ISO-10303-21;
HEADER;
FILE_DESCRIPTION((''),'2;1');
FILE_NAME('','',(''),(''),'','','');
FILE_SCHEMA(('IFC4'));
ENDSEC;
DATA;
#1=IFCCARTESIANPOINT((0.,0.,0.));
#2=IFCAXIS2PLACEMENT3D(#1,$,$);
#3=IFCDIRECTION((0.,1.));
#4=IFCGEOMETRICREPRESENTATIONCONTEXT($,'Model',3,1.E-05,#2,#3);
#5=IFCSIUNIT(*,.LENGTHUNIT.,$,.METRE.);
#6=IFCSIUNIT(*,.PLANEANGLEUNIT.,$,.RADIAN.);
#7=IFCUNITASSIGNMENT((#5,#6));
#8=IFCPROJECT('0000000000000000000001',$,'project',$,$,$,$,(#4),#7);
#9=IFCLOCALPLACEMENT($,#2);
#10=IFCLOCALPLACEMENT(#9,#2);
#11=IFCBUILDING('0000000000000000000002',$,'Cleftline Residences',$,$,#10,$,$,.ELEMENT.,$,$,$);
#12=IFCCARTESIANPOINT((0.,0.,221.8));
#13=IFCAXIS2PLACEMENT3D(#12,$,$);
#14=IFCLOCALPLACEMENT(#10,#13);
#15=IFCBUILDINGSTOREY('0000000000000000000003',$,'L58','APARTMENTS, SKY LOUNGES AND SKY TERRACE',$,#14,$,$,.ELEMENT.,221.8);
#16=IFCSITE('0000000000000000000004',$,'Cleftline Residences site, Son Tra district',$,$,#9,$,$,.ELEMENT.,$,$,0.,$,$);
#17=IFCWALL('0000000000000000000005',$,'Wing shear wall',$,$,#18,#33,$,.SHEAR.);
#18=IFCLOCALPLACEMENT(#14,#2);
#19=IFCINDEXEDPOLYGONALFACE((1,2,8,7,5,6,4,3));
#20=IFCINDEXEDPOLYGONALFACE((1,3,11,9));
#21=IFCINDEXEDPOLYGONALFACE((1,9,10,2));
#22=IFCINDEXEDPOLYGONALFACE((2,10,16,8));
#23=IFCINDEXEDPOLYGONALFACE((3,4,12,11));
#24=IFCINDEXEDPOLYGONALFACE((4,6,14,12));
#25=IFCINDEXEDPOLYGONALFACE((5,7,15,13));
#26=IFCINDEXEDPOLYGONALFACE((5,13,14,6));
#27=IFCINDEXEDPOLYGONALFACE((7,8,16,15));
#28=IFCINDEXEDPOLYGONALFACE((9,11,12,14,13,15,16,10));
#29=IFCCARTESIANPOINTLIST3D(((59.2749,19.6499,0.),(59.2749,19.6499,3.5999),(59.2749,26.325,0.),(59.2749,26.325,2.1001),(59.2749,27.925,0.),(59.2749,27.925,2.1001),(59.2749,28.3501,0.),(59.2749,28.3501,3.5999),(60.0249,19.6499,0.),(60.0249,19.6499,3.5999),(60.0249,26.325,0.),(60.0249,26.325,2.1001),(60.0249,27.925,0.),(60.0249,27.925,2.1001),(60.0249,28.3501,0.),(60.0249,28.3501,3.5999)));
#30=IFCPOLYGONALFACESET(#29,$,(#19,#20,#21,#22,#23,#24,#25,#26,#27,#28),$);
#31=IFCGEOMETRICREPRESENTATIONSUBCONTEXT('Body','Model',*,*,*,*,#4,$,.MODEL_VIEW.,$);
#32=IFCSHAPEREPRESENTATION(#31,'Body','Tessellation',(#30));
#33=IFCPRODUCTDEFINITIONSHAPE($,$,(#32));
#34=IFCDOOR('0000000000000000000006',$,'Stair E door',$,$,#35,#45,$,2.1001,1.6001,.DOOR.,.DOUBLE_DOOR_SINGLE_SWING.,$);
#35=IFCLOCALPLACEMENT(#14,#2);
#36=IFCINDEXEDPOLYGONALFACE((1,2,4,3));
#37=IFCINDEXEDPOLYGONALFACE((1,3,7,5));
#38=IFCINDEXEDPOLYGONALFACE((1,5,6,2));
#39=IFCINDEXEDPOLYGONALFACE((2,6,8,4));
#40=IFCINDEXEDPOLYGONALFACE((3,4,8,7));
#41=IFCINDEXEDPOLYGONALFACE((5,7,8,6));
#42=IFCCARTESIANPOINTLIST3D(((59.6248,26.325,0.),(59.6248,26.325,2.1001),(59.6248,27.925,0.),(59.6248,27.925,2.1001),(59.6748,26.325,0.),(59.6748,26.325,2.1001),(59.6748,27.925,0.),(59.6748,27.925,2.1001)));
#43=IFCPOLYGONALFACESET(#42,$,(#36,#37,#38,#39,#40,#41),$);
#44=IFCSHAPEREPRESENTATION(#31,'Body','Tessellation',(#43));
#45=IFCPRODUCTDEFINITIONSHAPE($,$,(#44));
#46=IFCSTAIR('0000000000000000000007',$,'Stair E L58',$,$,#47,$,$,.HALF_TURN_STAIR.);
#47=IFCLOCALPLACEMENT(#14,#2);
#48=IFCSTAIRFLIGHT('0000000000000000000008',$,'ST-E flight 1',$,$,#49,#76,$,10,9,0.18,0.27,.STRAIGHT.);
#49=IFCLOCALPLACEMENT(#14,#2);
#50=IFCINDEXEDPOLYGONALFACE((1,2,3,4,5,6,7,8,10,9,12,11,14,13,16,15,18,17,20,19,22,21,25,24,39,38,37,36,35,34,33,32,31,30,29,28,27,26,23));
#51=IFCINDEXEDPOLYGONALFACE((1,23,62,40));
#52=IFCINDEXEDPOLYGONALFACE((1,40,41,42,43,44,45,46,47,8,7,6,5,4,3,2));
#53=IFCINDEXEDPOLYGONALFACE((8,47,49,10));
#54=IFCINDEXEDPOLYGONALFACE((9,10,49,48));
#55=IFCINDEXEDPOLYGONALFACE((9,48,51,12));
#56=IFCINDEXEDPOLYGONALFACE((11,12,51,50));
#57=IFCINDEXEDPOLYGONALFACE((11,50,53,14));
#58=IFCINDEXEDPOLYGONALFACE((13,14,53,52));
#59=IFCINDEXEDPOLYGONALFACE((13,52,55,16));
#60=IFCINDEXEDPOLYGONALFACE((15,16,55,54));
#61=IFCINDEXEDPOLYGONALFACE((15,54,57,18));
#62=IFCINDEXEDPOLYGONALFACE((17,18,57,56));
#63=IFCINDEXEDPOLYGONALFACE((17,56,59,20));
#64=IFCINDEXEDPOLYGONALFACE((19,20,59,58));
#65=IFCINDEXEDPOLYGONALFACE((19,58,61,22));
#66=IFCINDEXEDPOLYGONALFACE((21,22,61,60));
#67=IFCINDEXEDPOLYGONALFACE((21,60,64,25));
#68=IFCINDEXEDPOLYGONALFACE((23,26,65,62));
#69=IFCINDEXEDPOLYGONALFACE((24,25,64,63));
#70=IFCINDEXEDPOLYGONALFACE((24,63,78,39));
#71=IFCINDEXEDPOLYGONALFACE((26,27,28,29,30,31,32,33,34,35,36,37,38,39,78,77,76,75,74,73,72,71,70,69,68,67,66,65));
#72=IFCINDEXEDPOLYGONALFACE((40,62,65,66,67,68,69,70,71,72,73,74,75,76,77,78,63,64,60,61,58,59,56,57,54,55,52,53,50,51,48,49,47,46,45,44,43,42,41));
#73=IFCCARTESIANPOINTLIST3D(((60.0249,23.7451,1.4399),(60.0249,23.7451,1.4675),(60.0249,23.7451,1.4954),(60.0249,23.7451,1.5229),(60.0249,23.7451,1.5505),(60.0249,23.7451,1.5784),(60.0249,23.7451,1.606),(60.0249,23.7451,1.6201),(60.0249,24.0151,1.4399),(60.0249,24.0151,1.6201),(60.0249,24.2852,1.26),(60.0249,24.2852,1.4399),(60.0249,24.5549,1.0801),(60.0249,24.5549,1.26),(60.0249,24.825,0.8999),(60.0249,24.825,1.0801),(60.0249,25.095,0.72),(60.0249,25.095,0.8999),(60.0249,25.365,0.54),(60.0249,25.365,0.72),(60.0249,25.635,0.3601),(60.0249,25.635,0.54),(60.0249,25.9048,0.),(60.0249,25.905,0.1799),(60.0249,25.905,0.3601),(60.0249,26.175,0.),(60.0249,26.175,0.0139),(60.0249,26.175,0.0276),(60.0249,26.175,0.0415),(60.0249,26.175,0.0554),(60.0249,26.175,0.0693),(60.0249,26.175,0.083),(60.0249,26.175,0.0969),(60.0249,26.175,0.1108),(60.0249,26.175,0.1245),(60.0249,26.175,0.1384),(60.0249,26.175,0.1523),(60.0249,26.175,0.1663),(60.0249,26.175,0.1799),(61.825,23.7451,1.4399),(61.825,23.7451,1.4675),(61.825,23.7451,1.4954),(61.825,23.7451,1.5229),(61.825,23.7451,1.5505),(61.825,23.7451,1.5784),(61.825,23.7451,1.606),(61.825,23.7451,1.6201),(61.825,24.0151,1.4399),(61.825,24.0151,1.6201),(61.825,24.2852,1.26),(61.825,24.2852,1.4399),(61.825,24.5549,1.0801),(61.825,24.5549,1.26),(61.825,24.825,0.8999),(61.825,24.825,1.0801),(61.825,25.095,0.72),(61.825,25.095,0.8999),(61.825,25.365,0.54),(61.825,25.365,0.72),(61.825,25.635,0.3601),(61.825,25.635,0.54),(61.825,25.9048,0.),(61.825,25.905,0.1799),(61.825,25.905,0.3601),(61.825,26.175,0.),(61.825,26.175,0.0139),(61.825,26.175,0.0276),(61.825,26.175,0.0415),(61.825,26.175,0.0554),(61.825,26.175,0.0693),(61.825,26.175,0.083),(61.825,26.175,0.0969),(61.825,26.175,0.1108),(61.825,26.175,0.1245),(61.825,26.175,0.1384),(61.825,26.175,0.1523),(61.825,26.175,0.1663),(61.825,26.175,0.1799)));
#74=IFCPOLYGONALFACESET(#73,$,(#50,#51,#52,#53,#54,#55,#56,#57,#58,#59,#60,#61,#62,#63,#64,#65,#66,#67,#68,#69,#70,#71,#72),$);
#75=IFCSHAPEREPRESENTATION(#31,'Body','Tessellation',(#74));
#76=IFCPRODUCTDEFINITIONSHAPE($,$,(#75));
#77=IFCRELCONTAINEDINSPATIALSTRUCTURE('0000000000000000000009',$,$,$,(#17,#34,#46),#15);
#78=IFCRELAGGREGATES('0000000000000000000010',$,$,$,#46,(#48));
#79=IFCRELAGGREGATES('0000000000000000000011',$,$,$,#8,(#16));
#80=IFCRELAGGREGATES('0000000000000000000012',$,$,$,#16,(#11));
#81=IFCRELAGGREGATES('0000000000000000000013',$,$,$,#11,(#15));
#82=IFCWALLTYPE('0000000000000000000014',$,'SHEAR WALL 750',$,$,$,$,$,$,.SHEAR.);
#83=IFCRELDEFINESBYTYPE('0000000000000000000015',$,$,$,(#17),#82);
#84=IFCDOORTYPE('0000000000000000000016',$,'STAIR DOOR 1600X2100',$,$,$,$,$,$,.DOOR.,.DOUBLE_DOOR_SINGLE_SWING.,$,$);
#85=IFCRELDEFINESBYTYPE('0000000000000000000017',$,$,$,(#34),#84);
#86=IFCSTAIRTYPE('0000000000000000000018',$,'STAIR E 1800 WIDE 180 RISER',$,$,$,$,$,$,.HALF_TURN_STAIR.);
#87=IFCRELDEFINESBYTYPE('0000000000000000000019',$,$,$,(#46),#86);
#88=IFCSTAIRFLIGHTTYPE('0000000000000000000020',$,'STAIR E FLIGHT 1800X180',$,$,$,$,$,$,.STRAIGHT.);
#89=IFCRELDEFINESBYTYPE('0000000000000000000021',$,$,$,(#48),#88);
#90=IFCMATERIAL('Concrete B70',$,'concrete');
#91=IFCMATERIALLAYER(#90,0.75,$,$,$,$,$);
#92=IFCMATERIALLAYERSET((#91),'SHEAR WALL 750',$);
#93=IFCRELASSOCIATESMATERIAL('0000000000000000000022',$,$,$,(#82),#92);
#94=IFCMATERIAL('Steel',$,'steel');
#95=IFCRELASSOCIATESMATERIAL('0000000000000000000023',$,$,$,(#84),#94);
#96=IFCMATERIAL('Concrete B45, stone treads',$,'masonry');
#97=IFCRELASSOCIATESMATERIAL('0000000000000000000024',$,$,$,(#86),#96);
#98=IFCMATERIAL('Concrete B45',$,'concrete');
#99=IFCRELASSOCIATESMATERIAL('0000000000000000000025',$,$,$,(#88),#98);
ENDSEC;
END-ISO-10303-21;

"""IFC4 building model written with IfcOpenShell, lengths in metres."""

from ifc_helpers import new_model, si_unit, direction, frame, frame_2d, origin, place, context, subcontext, project, spatial, polyline, rectangle, outline, extrude, material, layer, layer_set, type_object, element, fill, aggregate, save


model = new_model("IFC4")

# Units and contexts
model_context = context("Model", 3, precision=1e-05, world=origin(), true_north=direction((0.0, 1.0)))
body_context = subcontext(model_context, "Body", "Model", "MODEL_VIEW")
ifc_project = project(units=[si_unit("LENGTHUNIT", "METRE"), si_unit("PLANEANGLEUNIT", "RADIAN")], contexts=[model_context])

# Site, building, storey
site_placement = place(None, origin())
site = spatial("IfcSite", under=ifc_project, at=site_placement, Name="Cleftline Residences site, Son Tra district", CompositionType="ELEMENT", RefElevation=0.0)
building_placement = place(site_placement, origin())
building = spatial("IfcBuilding", under=site, at=building_placement, Name="Cleftline Residences", CompositionType="ELEMENT")
storey_placement = place(building_placement, frame((0.0, 0.0, 221.8)))
storey = spatial("IfcBuildingStorey", under=building, at=storey_placement, Name="L58", Description="APARTMENTS, SKY LOUNGES AND SKY TERRACE", CompositionType="ELEMENT", Elevation=221.8)

# Wall, opening, door
ifc_material_1 = material(Name="Concrete B70", Category="concrete")
ifc_layer_1 = layer(ifc_material_1, 0.75)
ifc_layer_set_1 = layer_set([ifc_layer_1], Name="SHEAR WALL 750")
wall_type_1 = type_object("IfcWallType", Name="SHEAR WALL 750", PredefinedType="SHEAR", material=ifc_layer_set_1)
wall_1_placement = place(storey_placement, frame((59.6499, 28.3501, 0.0), z_axis=(0.0, 0.0, 1.0), x_axis=(0.0, -1.0, 0.0)))
wall_1 = element("IfcWall", 1, at=wall_1_placement, inside=storey, type_object=wall_type_1, Name="Wing shear wall", PredefinedType="SHEAR", context=body_context, shape_type="SweptSolid", body=[
    extrude(rectangle(XDim=8.7002, YDim=0.75, at=frame_2d((4.3501, 0.0))), origin(), (0.0, 0.0, 1.0), 3.5999),
])
opening_1_placement = place(wall_1_placement, frame((0.425, 0.0, 0.0)))
opening_1 = element("IfcOpeningElement", 2, at=opening_1_placement, cuts=wall_1, PredefinedType="OPENING", context=body_context, shape_type="SweptSolid", body=[
    extrude(rectangle(XDim=1.6001, YDim=2.1001, at=frame_2d((0.8, 1.05))), frame((0.0, 0.385, 0.0), z_axis=(0.0, -1.0, 0.0), x_axis=(1.0, 0.0, 0.0)), (0.0, 0.0, 1.0), 0.77),
])
ifc_material_2 = material(Name="Steel", Category="steel")
door_type_1 = type_object("IfcDoorType", Name="STAIR DOOR 1600X2100", OperationType="DOUBLE_DOOR_SINGLE_SWING", PredefinedType="DOOR", material=ifc_material_2)
door_1_placement = place(opening_1_placement, origin())
door_1 = element("IfcDoor", 3, at=door_1_placement, inside=storey, type_object=door_type_1, Name="Stair E door", OperationType="DOUBLE_DOOR_SINGLE_SWING", OverallHeight=2.1001, OverallWidth=1.6001, PredefinedType="DOOR", context=body_context, shape_type="SweptSolid", body=[
    extrude(rectangle(XDim=1.6001, YDim=2.1001, at=frame_2d((0.8, 1.05))), frame((0.0, 0.0249, 0.0), z_axis=(0.0, -1.0, 0.0), x_axis=(1.0, 0.0, 0.0)), (0.0, 0.0, 1.0), 0.05),
])
fill(opening_1, door_1)

# Stair, stair flight
ifc_material_3 = material(Name="Concrete B45, stone treads", Category="masonry")
stair_type = type_object("IfcStairType", Name="STAIR E 1800 WIDE 180 RISER", PredefinedType="HALF_TURN_STAIR", material=ifc_material_3)
stair_placement = place(storey_placement, origin())
stair = element("IfcStair", 4, at=stair_placement, inside=storey, type_object=stair_type, Name="Stair E L58", PredefinedType="HALF_TURN_STAIR")
ifc_material_4 = material(Name="Concrete B45", Category="concrete")
stair_flight_type = type_object("IfcStairFlightType", Name="STAIR E FLIGHT 1800X180", PredefinedType="STRAIGHT", material=ifc_material_4)
stair_flight_placement = place(storey_placement, frame((60.925, 26.175, 0.0), z_axis=(0.0, 0.0, 1.0), x_axis=(0.0, -1.0, 0.0)))
stair_flight = element("IfcStairFlight", 5, at=stair_flight_placement, type_object=stair_flight_type, Name="ST-E flight 1", NumberOfRisers=10, NumberOfTreads=9, PredefinedType="STRAIGHT", RiserHeight=0.18, TreadLength=0.27, context=body_context, shape_type="SweptSolid", body=[
    extrude(outline(polyline([(0.0, 0.0), (0.0, 0.0139), (0.0, 0.0276), (0.0, 0.0415), (0.0, 0.0554), (0.0, 0.0693), (0.0, 0.083), (0.0, 0.0969), (0.0, 0.1108), (0.0, 0.1245), (0.0, 0.1384), (0.0, 0.1523), (0.0, 0.1663), (0.0, 0.1799), (0.27, 0.1799), (0.27, 0.3601), (0.54, 0.3601), (0.54, 0.54), (0.8101, 0.54), (0.8101, 0.72), (1.0801, 0.72), (1.0801, 0.8999), (1.3501, 0.8999), (1.3501, 1.0801), (1.6201, 1.0801), (1.6201, 1.26), (1.8899, 1.26), (1.8899, 1.4399), (2.1599, 1.4399), (2.1599, 1.6201), (2.4299, 1.6201), (2.4299, 1.8), (2.4299, 1.7722), (2.4299, 1.7446), (2.4299, 1.7168), (2.4299, 1.6892), (2.4299, 1.6614), (2.4299, 1.6338), (2.4299, 1.606), (2.4299, 1.5784), (2.4299, 1.5505), (2.4299, 1.5229), (2.4299, 1.4954), (2.4299, 1.4675), (2.4299, 1.4399), (0.2703, 0.0), (0.0, 0.0)])), frame((0.0, 0.8999, 0.0), z_axis=(0.0, -1.0, 0.0), x_axis=(1.0, 0.0, 0.0)), (0.0, 0.0, 1.0), 1.8),
])
aggregate(stair, [stair_flight])

save(model, "model.ifc")
